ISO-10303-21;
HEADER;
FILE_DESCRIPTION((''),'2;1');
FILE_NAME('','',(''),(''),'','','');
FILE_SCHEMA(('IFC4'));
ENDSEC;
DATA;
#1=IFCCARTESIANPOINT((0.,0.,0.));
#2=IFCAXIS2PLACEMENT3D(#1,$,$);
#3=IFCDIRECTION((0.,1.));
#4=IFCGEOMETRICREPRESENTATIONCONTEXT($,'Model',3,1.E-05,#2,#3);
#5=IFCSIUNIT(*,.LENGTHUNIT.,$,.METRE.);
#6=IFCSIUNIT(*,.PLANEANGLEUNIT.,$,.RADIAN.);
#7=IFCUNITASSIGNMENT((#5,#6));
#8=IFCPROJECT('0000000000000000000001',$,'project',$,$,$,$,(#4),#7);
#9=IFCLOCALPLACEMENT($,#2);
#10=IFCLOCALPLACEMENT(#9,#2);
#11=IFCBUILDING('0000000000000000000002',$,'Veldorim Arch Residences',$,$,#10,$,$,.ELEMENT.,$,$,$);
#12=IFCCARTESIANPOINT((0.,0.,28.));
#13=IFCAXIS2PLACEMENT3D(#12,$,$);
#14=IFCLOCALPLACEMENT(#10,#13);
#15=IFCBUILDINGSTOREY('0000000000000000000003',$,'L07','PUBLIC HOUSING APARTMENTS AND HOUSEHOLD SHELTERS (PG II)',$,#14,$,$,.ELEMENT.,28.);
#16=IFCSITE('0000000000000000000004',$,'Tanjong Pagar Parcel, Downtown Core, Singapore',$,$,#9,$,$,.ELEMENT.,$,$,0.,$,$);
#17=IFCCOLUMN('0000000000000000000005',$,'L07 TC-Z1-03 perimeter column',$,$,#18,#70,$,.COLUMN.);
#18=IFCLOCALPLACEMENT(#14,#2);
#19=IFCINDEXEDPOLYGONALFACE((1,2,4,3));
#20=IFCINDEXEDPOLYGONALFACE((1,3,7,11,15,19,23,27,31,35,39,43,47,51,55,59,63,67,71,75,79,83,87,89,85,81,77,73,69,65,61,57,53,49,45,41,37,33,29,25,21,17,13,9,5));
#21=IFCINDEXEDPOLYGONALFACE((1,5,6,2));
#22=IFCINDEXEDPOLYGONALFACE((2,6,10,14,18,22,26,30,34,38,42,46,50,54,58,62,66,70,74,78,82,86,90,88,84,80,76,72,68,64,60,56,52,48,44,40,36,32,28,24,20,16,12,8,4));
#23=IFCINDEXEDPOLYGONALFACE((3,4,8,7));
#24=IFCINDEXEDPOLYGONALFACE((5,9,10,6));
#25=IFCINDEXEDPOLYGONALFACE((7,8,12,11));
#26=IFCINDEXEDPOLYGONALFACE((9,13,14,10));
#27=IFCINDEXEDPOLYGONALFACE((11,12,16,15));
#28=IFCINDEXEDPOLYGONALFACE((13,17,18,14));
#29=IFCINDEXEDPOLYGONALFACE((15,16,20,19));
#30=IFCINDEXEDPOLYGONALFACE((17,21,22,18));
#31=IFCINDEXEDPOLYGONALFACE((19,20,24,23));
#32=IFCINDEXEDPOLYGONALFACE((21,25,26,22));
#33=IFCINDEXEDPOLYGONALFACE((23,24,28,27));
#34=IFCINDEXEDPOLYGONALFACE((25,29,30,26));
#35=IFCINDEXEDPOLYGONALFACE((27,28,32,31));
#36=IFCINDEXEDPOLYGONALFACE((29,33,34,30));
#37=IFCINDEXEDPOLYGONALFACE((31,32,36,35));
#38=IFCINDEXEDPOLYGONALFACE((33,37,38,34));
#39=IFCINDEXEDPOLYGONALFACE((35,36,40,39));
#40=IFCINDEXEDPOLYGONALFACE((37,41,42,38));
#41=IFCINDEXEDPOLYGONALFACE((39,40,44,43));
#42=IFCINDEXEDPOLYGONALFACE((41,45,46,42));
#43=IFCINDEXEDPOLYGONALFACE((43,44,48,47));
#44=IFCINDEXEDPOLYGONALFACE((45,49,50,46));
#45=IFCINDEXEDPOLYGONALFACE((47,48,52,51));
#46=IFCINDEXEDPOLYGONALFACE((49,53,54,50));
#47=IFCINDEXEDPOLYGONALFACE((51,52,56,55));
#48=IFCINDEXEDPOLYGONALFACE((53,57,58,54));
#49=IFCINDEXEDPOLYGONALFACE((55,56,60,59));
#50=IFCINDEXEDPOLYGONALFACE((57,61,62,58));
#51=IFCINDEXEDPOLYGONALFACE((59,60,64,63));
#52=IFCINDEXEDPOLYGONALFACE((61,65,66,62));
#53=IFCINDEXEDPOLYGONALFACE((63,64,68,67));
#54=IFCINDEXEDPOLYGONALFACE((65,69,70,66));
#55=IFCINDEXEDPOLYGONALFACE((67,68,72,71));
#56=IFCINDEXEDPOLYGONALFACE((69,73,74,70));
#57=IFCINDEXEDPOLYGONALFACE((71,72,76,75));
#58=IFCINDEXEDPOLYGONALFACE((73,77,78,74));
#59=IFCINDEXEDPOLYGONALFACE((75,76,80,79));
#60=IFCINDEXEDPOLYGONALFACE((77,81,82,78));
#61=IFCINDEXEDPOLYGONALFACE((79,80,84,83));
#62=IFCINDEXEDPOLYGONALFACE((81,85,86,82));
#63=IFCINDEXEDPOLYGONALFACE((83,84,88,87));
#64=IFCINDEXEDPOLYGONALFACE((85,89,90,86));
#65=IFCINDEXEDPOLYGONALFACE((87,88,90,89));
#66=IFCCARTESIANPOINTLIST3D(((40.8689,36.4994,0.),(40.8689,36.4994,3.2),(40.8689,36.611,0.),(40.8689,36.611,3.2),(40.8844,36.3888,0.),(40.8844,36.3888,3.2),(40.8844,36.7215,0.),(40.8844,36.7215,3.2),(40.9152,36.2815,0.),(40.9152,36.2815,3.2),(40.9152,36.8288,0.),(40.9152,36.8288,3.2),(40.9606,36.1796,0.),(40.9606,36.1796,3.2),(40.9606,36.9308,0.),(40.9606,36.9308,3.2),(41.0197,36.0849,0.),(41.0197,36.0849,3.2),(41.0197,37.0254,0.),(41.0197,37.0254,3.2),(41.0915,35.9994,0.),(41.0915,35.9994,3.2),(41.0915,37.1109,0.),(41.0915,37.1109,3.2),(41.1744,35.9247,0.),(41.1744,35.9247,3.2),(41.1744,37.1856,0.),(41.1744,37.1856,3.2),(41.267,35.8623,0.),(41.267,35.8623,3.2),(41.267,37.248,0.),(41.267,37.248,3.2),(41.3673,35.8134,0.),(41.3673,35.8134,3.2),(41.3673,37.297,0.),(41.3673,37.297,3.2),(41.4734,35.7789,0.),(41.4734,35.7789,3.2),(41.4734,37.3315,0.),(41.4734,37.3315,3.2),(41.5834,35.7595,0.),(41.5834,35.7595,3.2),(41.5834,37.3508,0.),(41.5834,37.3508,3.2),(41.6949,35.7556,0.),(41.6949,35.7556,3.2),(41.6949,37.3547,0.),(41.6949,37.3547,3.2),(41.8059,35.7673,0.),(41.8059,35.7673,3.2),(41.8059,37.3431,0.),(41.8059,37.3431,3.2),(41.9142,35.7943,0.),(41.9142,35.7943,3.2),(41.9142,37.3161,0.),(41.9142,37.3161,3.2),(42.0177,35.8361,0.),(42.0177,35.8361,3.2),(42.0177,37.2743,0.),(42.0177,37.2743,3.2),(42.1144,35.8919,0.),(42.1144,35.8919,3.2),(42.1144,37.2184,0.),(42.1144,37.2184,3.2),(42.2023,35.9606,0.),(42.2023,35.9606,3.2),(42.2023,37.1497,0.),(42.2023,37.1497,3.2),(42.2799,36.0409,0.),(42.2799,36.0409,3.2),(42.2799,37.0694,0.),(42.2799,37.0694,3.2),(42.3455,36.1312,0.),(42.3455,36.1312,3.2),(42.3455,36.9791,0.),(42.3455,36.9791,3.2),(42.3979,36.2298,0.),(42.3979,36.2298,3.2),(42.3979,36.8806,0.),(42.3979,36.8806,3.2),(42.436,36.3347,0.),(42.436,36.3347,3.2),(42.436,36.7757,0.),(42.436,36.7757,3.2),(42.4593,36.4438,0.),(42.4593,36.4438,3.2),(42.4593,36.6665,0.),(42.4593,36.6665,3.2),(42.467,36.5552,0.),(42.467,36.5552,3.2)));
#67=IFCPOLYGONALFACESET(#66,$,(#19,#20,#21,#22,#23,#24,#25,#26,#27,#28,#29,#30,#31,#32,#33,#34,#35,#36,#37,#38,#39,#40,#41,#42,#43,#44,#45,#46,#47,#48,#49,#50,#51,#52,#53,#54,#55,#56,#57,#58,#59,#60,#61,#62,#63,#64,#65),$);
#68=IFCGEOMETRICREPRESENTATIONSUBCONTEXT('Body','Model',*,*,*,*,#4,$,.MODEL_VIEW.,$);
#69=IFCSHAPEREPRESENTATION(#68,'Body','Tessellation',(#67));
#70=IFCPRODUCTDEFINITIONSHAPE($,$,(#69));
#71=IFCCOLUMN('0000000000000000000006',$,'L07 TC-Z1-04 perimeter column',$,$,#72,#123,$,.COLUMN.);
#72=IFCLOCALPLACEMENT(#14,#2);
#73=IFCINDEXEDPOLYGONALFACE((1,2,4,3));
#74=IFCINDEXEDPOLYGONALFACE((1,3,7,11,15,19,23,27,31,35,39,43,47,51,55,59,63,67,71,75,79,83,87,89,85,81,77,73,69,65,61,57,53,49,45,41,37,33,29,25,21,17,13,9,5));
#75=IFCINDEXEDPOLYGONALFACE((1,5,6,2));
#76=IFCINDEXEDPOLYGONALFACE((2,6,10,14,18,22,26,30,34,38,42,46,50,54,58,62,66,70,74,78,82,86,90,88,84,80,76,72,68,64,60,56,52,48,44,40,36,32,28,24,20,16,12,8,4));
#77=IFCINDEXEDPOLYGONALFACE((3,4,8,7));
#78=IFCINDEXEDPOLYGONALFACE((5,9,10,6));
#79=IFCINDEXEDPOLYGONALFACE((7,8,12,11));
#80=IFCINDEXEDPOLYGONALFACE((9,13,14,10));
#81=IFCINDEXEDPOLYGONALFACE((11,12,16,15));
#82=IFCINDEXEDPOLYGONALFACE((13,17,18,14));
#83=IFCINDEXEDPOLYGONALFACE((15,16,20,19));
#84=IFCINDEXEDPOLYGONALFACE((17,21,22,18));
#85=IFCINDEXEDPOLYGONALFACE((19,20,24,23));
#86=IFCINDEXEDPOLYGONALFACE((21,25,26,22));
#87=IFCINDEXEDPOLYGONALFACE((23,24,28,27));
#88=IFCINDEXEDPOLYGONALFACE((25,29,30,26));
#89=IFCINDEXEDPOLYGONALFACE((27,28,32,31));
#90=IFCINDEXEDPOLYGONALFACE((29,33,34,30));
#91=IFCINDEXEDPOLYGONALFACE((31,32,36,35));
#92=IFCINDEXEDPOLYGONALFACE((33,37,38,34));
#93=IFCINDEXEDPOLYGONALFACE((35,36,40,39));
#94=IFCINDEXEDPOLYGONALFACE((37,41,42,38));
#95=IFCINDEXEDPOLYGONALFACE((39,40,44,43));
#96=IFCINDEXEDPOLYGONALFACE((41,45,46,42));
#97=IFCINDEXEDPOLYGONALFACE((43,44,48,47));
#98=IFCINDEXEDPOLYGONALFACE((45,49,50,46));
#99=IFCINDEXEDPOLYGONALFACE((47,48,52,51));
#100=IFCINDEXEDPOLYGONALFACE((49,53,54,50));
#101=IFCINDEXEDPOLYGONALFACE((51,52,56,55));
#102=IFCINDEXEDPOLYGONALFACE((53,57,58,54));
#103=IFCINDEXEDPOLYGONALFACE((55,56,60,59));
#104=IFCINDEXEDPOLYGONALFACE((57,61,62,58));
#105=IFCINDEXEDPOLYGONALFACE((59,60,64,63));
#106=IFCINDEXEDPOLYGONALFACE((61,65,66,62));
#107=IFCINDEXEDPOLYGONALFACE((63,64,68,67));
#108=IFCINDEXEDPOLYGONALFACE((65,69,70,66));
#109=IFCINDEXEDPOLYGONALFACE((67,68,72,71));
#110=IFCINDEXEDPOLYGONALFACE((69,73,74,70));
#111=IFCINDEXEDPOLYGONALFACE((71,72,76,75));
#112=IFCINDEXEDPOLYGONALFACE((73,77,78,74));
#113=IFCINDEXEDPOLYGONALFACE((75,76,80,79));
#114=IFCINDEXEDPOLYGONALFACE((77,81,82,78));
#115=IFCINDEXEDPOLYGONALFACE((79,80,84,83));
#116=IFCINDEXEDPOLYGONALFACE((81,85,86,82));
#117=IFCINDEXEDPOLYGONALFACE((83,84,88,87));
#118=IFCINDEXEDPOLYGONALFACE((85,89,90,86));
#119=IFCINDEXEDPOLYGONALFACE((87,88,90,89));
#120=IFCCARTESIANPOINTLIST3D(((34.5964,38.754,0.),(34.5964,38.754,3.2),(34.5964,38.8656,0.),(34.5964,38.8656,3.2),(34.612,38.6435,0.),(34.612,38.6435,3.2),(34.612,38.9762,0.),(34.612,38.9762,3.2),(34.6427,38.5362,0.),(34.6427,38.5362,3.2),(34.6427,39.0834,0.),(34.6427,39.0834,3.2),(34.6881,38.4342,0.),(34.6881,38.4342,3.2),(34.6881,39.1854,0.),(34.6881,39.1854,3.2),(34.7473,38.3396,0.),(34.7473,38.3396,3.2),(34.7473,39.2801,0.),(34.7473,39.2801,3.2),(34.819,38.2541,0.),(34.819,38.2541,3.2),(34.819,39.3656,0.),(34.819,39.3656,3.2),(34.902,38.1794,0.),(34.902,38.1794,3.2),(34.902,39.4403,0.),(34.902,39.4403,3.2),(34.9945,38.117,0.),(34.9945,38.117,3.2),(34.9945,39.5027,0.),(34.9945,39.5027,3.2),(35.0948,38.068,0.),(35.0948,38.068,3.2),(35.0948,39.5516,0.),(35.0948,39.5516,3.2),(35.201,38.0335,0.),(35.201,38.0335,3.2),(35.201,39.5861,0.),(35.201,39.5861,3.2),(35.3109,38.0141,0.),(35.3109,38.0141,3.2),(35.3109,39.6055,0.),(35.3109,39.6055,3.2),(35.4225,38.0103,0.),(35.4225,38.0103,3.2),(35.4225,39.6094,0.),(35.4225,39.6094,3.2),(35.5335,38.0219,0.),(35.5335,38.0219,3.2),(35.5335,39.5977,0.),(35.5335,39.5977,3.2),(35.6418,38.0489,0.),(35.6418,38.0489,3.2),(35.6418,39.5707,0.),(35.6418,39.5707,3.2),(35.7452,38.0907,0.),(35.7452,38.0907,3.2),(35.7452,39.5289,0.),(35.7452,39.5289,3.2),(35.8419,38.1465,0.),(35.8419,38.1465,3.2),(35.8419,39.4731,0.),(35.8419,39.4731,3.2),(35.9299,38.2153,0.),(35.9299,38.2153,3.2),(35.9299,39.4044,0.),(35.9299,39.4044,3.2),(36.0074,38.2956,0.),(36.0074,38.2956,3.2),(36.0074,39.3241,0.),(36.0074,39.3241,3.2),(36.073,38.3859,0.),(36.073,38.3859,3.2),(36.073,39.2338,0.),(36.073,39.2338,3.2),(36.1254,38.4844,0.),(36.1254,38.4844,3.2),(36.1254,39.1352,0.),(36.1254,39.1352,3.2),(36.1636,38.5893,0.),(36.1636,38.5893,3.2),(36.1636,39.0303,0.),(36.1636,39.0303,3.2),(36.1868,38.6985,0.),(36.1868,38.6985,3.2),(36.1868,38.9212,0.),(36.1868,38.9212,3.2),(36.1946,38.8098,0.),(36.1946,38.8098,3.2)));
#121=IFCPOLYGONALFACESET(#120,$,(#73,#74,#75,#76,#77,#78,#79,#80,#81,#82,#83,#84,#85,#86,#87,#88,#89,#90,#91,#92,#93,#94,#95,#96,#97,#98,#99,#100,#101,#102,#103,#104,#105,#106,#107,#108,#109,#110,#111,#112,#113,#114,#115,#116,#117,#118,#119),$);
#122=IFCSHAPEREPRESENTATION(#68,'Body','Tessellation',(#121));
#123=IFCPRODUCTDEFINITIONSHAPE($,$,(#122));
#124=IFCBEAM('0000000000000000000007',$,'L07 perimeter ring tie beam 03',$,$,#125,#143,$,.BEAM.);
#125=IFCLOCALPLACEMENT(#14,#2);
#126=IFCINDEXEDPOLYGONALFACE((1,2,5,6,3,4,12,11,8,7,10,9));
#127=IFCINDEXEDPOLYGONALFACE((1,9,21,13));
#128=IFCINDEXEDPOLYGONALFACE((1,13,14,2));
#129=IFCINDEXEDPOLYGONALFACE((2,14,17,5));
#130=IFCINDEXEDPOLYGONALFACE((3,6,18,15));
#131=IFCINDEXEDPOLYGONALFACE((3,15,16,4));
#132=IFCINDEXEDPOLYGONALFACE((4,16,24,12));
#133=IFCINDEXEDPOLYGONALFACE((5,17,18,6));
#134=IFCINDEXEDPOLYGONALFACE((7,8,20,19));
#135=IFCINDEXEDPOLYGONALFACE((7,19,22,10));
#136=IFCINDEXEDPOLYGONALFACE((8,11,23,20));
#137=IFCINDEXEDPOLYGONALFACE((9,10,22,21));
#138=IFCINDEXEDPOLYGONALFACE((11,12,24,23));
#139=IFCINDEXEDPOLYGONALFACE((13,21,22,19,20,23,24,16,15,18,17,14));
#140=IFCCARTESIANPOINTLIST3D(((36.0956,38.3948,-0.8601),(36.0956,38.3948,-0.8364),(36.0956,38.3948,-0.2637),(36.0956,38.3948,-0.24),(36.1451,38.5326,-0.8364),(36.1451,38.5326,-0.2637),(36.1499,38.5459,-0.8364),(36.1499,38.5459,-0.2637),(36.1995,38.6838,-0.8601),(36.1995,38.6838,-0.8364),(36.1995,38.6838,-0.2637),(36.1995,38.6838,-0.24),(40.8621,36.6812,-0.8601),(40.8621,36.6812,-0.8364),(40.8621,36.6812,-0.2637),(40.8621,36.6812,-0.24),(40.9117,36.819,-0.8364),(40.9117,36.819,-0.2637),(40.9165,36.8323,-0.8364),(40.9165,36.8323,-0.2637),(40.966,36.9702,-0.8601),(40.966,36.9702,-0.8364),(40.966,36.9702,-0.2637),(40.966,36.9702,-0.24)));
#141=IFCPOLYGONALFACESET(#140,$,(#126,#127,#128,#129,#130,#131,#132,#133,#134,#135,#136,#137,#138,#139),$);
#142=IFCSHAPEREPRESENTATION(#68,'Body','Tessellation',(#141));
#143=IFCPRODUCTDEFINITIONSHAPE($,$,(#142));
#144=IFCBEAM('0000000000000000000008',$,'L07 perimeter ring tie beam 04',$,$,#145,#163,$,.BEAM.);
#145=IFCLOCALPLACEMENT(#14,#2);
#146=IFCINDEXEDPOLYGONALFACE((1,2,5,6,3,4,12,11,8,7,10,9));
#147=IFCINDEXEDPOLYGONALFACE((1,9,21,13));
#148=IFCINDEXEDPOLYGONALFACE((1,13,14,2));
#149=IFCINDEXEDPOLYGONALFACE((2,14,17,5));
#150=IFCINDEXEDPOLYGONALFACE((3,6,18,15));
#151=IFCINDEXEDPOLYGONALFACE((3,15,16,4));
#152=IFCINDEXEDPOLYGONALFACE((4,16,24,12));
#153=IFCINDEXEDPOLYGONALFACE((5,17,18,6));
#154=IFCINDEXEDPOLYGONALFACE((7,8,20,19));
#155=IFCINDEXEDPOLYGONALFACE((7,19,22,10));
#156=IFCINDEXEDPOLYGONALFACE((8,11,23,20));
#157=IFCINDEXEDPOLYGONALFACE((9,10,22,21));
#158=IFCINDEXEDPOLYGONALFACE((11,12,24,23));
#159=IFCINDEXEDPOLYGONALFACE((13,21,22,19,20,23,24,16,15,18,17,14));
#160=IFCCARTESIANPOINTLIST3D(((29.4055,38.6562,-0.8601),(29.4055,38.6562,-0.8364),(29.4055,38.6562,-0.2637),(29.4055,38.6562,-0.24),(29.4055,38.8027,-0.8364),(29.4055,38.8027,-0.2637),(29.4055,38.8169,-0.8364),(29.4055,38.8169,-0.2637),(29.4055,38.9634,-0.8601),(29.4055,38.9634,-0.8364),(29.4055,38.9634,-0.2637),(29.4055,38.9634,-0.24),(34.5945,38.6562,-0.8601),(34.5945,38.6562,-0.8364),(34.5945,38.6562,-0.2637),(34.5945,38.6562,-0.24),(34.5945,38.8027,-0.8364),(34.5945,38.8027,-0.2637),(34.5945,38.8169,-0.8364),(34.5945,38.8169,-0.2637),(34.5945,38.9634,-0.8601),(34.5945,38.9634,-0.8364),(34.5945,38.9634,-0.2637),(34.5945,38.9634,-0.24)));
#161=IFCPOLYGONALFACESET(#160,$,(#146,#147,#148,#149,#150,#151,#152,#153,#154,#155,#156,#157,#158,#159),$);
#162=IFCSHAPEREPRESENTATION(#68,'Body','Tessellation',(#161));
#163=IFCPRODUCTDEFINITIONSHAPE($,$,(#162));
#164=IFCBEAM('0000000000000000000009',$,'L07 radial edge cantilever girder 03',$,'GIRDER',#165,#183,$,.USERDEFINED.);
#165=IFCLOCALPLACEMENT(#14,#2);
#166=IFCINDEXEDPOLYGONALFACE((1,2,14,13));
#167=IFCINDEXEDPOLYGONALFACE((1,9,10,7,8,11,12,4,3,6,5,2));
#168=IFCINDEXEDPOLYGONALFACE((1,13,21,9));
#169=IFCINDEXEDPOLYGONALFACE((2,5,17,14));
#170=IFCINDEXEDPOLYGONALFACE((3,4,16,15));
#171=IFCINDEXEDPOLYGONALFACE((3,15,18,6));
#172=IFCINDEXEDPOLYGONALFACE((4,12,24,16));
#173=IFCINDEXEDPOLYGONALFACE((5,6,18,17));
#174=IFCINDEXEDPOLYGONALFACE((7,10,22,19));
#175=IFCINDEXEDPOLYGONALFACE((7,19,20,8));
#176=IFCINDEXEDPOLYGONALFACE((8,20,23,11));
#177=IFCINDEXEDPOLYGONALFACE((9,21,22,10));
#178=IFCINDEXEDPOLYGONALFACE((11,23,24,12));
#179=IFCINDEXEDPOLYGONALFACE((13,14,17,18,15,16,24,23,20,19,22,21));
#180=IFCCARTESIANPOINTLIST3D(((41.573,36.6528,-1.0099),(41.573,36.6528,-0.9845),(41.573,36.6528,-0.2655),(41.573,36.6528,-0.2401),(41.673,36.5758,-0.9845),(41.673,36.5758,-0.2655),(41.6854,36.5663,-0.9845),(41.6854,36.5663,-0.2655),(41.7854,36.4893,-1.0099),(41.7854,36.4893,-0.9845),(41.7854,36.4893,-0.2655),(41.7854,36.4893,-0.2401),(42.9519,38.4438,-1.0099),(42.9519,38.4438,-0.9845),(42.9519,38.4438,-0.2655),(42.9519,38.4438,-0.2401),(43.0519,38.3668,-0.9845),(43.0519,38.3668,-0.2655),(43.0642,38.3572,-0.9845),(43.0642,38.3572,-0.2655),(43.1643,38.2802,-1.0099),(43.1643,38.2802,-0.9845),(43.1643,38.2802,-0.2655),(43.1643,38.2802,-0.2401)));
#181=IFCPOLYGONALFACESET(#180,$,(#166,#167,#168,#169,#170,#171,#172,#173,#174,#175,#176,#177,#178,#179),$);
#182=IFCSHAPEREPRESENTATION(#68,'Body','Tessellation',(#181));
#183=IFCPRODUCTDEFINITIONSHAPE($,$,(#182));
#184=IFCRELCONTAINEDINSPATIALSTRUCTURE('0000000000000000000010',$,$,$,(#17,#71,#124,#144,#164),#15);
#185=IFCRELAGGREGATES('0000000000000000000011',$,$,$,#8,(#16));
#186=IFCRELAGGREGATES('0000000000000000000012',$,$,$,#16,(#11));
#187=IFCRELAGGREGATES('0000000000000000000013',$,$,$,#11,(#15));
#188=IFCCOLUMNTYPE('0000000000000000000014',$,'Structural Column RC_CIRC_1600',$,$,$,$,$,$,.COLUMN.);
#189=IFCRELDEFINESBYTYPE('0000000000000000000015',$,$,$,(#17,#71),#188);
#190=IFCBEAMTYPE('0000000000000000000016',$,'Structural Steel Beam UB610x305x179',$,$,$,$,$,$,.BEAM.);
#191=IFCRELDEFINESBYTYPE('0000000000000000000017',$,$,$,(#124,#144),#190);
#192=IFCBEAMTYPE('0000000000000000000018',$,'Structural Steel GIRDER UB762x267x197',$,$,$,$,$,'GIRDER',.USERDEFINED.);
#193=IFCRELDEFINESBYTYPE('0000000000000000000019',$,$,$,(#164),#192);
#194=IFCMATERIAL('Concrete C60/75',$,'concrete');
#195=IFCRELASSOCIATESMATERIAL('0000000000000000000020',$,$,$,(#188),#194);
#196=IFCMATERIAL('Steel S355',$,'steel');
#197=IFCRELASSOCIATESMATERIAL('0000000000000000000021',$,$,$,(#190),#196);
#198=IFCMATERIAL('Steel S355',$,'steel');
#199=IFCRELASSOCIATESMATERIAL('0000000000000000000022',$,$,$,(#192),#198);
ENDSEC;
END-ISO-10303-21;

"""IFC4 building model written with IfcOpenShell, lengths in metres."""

from ifc_helpers import new_model, si_unit, direction, frame, origin, origin_2d, place, context, subcontext, project, spatial, circle, i_section, extrude, material, material_profile, profile_set, type_object, element, save


model = new_model("IFC4")

# Units and contexts
model_context = context("Model", 3, precision=1e-05, world=origin(), true_north=direction((0.0, 1.0)))
body_context = subcontext(model_context, "Body", "Model", "MODEL_VIEW")
ifc_project = project(units=[si_unit("LENGTHUNIT", "METRE"), si_unit("PLANEANGLEUNIT", "RADIAN")], contexts=[model_context])

# Site, building, storey
site_placement = place(None, origin())
site = spatial("IfcSite", under=ifc_project, at=site_placement, Name="Tanjong Pagar Parcel, Downtown Core, Singapore", CompositionType="ELEMENT", RefElevation=0.0)
building_placement = place(site_placement, origin())
building = spatial("IfcBuilding", under=site, at=building_placement, Name="Veldorim Arch Residences", CompositionType="ELEMENT")
storey_placement = place(building_placement, frame((0.0, 0.0, 28.0)))
storey = spatial("IfcBuildingStorey", under=building, at=storey_placement, Name="L07", Description="PUBLIC HOUSING APARTMENTS AND HOUSEHOLD SHELTERS (PG II)", CompositionType="ELEMENT", Elevation=28.0)

# Columns
ifc_material_1 = material(Name="Concrete C60/75", Category="concrete")
ifc_material_profile_1 = material_profile(ifc_material_1, circle(Radius=0.8, at=origin_2d()), Name="RC_CIRC_1600")
ifc_profile_set_1 = profile_set([ifc_material_profile_1], Name="Concrete C60/75")
column_type = type_object("IfcColumnType", Name="Structural Column RC_CIRC_1600", PredefinedType="COLUMN", material=ifc_profile_set_1)
for number, where, z_axis, x_axis, name in (
    (1, (41.667, 36.5552, 0.0), (0.0, 0.0, 1.0), (1.0, 0.0, 0.0), "L07 TC-Z1-03 perimeter column"),
    (2, (35.3945, 38.8098, 0.0), (0.0, 0.0, 1.0), (1.0, 0.0, 0.0), "L07 TC-Z1-04 perimeter column"),
):
    element("IfcColumn", number, at=place(storey_placement, frame(where, z_axis=z_axis, x_axis=x_axis)), inside=storey, type_object=column_type, Name=name, PredefinedType="COLUMN", context=body_context, shape_type="SweptSolid", body=[
        extrude(circle(Radius=0.8, at=origin_2d()), origin(), (0.0, 0.0, 1.0), 3.2),
    ])

# Beams
ifc_material_2 = material(Name="Steel S355", Category="steel")
ifc_material_profile_2 = material_profile(ifc_material_2, i_section(OverallWidth=0.3071, OverallDepth=0.6201, WebThickness=0.0142, FlangeThickness=0.0237, at=origin_2d()), Name="UB610x305x179")
ifc_profile_set_2 = profile_set([ifc_material_profile_2], Name="Steel S355")
beam_type_1 = type_object("IfcBeamType", Name="Structural Steel Beam UB610x305x179", PredefinedType="BEAM", material=ifc_profile_set_2)
beam_1_placement = place(storey_placement, frame((40.9141, 36.8257, -0.55), z_axis=(-0.941035, 0.338308, 0.0), x_axis=(-0.338308, -0.941035, 0.0)))
element("IfcBeam", 3, at=beam_1_placement, inside=storey, type_object=beam_type_1, Name="L07 perimeter ring tie beam 03", PredefinedType="BEAM", context=body_context, shape_type="SweptSolid", body=[
    extrude(i_section(OverallWidth=0.3071, OverallDepth=0.6201, WebThickness=0.0142, FlangeThickness=0.0237, at=origin_2d()), origin(), (0.0, 0.0, 1.0), 5.0652),
])
beam_2_placement = place(storey_placement, frame((34.5945, 38.8098, -0.55), z_axis=(-1.0, 0.0, 0.0), x_axis=(0.0, -1.0, 0.0)))
element("IfcBeam", 4, at=beam_2_placement, inside=storey, type_object=beam_type_1, Name="L07 perimeter ring tie beam 04", PredefinedType="BEAM", context=body_context, shape_type="SweptSolid", body=[
    extrude(i_section(OverallWidth=0.3071, OverallDepth=0.6201, WebThickness=0.0142, FlangeThickness=0.0237, at=origin_2d()), origin(), (0.0, 0.0, 1.0), 5.189),
])
ifc_material_3 = material(Name="Steel S355", Category="steel")
ifc_material_profile_3 = material_profile(ifc_material_3, i_section(OverallWidth=0.2681, OverallDepth=0.7698, WebThickness=0.0156, FlangeThickness=0.0254, at=origin_2d()), Name="UB762x267x197")
ifc_profile_set_3 = profile_set([ifc_material_profile_3], Name="Steel S355")
beam_type_2 = type_object("IfcBeamType", Name="Structural Steel GIRDER UB762x267x197", ElementType="GIRDER", PredefinedType="USERDEFINED", material=ifc_profile_set_3)
beam_3_placement = place(storey_placement, frame((41.6792, 36.571, -0.625), z_axis=(0.610045, 0.792367, 0.0), x_axis=(-0.792367, 0.610045, 0.0)))
element("IfcBeam", 5, at=beam_3_placement, inside=storey, type_object=beam_type_2, Name="L07 radial edge cantilever girder 03", ObjectType="GIRDER", PredefinedType="USERDEFINED", context=body_context, shape_type="SweptSolid", body=[
    extrude(i_section(OverallWidth=0.2681, OverallDepth=0.7698, WebThickness=0.0156, FlangeThickness=0.0254, at=origin_2d()), origin(), (0.0, 0.0, 1.0), 2.2603),
])

save(model, "model.ifc")
